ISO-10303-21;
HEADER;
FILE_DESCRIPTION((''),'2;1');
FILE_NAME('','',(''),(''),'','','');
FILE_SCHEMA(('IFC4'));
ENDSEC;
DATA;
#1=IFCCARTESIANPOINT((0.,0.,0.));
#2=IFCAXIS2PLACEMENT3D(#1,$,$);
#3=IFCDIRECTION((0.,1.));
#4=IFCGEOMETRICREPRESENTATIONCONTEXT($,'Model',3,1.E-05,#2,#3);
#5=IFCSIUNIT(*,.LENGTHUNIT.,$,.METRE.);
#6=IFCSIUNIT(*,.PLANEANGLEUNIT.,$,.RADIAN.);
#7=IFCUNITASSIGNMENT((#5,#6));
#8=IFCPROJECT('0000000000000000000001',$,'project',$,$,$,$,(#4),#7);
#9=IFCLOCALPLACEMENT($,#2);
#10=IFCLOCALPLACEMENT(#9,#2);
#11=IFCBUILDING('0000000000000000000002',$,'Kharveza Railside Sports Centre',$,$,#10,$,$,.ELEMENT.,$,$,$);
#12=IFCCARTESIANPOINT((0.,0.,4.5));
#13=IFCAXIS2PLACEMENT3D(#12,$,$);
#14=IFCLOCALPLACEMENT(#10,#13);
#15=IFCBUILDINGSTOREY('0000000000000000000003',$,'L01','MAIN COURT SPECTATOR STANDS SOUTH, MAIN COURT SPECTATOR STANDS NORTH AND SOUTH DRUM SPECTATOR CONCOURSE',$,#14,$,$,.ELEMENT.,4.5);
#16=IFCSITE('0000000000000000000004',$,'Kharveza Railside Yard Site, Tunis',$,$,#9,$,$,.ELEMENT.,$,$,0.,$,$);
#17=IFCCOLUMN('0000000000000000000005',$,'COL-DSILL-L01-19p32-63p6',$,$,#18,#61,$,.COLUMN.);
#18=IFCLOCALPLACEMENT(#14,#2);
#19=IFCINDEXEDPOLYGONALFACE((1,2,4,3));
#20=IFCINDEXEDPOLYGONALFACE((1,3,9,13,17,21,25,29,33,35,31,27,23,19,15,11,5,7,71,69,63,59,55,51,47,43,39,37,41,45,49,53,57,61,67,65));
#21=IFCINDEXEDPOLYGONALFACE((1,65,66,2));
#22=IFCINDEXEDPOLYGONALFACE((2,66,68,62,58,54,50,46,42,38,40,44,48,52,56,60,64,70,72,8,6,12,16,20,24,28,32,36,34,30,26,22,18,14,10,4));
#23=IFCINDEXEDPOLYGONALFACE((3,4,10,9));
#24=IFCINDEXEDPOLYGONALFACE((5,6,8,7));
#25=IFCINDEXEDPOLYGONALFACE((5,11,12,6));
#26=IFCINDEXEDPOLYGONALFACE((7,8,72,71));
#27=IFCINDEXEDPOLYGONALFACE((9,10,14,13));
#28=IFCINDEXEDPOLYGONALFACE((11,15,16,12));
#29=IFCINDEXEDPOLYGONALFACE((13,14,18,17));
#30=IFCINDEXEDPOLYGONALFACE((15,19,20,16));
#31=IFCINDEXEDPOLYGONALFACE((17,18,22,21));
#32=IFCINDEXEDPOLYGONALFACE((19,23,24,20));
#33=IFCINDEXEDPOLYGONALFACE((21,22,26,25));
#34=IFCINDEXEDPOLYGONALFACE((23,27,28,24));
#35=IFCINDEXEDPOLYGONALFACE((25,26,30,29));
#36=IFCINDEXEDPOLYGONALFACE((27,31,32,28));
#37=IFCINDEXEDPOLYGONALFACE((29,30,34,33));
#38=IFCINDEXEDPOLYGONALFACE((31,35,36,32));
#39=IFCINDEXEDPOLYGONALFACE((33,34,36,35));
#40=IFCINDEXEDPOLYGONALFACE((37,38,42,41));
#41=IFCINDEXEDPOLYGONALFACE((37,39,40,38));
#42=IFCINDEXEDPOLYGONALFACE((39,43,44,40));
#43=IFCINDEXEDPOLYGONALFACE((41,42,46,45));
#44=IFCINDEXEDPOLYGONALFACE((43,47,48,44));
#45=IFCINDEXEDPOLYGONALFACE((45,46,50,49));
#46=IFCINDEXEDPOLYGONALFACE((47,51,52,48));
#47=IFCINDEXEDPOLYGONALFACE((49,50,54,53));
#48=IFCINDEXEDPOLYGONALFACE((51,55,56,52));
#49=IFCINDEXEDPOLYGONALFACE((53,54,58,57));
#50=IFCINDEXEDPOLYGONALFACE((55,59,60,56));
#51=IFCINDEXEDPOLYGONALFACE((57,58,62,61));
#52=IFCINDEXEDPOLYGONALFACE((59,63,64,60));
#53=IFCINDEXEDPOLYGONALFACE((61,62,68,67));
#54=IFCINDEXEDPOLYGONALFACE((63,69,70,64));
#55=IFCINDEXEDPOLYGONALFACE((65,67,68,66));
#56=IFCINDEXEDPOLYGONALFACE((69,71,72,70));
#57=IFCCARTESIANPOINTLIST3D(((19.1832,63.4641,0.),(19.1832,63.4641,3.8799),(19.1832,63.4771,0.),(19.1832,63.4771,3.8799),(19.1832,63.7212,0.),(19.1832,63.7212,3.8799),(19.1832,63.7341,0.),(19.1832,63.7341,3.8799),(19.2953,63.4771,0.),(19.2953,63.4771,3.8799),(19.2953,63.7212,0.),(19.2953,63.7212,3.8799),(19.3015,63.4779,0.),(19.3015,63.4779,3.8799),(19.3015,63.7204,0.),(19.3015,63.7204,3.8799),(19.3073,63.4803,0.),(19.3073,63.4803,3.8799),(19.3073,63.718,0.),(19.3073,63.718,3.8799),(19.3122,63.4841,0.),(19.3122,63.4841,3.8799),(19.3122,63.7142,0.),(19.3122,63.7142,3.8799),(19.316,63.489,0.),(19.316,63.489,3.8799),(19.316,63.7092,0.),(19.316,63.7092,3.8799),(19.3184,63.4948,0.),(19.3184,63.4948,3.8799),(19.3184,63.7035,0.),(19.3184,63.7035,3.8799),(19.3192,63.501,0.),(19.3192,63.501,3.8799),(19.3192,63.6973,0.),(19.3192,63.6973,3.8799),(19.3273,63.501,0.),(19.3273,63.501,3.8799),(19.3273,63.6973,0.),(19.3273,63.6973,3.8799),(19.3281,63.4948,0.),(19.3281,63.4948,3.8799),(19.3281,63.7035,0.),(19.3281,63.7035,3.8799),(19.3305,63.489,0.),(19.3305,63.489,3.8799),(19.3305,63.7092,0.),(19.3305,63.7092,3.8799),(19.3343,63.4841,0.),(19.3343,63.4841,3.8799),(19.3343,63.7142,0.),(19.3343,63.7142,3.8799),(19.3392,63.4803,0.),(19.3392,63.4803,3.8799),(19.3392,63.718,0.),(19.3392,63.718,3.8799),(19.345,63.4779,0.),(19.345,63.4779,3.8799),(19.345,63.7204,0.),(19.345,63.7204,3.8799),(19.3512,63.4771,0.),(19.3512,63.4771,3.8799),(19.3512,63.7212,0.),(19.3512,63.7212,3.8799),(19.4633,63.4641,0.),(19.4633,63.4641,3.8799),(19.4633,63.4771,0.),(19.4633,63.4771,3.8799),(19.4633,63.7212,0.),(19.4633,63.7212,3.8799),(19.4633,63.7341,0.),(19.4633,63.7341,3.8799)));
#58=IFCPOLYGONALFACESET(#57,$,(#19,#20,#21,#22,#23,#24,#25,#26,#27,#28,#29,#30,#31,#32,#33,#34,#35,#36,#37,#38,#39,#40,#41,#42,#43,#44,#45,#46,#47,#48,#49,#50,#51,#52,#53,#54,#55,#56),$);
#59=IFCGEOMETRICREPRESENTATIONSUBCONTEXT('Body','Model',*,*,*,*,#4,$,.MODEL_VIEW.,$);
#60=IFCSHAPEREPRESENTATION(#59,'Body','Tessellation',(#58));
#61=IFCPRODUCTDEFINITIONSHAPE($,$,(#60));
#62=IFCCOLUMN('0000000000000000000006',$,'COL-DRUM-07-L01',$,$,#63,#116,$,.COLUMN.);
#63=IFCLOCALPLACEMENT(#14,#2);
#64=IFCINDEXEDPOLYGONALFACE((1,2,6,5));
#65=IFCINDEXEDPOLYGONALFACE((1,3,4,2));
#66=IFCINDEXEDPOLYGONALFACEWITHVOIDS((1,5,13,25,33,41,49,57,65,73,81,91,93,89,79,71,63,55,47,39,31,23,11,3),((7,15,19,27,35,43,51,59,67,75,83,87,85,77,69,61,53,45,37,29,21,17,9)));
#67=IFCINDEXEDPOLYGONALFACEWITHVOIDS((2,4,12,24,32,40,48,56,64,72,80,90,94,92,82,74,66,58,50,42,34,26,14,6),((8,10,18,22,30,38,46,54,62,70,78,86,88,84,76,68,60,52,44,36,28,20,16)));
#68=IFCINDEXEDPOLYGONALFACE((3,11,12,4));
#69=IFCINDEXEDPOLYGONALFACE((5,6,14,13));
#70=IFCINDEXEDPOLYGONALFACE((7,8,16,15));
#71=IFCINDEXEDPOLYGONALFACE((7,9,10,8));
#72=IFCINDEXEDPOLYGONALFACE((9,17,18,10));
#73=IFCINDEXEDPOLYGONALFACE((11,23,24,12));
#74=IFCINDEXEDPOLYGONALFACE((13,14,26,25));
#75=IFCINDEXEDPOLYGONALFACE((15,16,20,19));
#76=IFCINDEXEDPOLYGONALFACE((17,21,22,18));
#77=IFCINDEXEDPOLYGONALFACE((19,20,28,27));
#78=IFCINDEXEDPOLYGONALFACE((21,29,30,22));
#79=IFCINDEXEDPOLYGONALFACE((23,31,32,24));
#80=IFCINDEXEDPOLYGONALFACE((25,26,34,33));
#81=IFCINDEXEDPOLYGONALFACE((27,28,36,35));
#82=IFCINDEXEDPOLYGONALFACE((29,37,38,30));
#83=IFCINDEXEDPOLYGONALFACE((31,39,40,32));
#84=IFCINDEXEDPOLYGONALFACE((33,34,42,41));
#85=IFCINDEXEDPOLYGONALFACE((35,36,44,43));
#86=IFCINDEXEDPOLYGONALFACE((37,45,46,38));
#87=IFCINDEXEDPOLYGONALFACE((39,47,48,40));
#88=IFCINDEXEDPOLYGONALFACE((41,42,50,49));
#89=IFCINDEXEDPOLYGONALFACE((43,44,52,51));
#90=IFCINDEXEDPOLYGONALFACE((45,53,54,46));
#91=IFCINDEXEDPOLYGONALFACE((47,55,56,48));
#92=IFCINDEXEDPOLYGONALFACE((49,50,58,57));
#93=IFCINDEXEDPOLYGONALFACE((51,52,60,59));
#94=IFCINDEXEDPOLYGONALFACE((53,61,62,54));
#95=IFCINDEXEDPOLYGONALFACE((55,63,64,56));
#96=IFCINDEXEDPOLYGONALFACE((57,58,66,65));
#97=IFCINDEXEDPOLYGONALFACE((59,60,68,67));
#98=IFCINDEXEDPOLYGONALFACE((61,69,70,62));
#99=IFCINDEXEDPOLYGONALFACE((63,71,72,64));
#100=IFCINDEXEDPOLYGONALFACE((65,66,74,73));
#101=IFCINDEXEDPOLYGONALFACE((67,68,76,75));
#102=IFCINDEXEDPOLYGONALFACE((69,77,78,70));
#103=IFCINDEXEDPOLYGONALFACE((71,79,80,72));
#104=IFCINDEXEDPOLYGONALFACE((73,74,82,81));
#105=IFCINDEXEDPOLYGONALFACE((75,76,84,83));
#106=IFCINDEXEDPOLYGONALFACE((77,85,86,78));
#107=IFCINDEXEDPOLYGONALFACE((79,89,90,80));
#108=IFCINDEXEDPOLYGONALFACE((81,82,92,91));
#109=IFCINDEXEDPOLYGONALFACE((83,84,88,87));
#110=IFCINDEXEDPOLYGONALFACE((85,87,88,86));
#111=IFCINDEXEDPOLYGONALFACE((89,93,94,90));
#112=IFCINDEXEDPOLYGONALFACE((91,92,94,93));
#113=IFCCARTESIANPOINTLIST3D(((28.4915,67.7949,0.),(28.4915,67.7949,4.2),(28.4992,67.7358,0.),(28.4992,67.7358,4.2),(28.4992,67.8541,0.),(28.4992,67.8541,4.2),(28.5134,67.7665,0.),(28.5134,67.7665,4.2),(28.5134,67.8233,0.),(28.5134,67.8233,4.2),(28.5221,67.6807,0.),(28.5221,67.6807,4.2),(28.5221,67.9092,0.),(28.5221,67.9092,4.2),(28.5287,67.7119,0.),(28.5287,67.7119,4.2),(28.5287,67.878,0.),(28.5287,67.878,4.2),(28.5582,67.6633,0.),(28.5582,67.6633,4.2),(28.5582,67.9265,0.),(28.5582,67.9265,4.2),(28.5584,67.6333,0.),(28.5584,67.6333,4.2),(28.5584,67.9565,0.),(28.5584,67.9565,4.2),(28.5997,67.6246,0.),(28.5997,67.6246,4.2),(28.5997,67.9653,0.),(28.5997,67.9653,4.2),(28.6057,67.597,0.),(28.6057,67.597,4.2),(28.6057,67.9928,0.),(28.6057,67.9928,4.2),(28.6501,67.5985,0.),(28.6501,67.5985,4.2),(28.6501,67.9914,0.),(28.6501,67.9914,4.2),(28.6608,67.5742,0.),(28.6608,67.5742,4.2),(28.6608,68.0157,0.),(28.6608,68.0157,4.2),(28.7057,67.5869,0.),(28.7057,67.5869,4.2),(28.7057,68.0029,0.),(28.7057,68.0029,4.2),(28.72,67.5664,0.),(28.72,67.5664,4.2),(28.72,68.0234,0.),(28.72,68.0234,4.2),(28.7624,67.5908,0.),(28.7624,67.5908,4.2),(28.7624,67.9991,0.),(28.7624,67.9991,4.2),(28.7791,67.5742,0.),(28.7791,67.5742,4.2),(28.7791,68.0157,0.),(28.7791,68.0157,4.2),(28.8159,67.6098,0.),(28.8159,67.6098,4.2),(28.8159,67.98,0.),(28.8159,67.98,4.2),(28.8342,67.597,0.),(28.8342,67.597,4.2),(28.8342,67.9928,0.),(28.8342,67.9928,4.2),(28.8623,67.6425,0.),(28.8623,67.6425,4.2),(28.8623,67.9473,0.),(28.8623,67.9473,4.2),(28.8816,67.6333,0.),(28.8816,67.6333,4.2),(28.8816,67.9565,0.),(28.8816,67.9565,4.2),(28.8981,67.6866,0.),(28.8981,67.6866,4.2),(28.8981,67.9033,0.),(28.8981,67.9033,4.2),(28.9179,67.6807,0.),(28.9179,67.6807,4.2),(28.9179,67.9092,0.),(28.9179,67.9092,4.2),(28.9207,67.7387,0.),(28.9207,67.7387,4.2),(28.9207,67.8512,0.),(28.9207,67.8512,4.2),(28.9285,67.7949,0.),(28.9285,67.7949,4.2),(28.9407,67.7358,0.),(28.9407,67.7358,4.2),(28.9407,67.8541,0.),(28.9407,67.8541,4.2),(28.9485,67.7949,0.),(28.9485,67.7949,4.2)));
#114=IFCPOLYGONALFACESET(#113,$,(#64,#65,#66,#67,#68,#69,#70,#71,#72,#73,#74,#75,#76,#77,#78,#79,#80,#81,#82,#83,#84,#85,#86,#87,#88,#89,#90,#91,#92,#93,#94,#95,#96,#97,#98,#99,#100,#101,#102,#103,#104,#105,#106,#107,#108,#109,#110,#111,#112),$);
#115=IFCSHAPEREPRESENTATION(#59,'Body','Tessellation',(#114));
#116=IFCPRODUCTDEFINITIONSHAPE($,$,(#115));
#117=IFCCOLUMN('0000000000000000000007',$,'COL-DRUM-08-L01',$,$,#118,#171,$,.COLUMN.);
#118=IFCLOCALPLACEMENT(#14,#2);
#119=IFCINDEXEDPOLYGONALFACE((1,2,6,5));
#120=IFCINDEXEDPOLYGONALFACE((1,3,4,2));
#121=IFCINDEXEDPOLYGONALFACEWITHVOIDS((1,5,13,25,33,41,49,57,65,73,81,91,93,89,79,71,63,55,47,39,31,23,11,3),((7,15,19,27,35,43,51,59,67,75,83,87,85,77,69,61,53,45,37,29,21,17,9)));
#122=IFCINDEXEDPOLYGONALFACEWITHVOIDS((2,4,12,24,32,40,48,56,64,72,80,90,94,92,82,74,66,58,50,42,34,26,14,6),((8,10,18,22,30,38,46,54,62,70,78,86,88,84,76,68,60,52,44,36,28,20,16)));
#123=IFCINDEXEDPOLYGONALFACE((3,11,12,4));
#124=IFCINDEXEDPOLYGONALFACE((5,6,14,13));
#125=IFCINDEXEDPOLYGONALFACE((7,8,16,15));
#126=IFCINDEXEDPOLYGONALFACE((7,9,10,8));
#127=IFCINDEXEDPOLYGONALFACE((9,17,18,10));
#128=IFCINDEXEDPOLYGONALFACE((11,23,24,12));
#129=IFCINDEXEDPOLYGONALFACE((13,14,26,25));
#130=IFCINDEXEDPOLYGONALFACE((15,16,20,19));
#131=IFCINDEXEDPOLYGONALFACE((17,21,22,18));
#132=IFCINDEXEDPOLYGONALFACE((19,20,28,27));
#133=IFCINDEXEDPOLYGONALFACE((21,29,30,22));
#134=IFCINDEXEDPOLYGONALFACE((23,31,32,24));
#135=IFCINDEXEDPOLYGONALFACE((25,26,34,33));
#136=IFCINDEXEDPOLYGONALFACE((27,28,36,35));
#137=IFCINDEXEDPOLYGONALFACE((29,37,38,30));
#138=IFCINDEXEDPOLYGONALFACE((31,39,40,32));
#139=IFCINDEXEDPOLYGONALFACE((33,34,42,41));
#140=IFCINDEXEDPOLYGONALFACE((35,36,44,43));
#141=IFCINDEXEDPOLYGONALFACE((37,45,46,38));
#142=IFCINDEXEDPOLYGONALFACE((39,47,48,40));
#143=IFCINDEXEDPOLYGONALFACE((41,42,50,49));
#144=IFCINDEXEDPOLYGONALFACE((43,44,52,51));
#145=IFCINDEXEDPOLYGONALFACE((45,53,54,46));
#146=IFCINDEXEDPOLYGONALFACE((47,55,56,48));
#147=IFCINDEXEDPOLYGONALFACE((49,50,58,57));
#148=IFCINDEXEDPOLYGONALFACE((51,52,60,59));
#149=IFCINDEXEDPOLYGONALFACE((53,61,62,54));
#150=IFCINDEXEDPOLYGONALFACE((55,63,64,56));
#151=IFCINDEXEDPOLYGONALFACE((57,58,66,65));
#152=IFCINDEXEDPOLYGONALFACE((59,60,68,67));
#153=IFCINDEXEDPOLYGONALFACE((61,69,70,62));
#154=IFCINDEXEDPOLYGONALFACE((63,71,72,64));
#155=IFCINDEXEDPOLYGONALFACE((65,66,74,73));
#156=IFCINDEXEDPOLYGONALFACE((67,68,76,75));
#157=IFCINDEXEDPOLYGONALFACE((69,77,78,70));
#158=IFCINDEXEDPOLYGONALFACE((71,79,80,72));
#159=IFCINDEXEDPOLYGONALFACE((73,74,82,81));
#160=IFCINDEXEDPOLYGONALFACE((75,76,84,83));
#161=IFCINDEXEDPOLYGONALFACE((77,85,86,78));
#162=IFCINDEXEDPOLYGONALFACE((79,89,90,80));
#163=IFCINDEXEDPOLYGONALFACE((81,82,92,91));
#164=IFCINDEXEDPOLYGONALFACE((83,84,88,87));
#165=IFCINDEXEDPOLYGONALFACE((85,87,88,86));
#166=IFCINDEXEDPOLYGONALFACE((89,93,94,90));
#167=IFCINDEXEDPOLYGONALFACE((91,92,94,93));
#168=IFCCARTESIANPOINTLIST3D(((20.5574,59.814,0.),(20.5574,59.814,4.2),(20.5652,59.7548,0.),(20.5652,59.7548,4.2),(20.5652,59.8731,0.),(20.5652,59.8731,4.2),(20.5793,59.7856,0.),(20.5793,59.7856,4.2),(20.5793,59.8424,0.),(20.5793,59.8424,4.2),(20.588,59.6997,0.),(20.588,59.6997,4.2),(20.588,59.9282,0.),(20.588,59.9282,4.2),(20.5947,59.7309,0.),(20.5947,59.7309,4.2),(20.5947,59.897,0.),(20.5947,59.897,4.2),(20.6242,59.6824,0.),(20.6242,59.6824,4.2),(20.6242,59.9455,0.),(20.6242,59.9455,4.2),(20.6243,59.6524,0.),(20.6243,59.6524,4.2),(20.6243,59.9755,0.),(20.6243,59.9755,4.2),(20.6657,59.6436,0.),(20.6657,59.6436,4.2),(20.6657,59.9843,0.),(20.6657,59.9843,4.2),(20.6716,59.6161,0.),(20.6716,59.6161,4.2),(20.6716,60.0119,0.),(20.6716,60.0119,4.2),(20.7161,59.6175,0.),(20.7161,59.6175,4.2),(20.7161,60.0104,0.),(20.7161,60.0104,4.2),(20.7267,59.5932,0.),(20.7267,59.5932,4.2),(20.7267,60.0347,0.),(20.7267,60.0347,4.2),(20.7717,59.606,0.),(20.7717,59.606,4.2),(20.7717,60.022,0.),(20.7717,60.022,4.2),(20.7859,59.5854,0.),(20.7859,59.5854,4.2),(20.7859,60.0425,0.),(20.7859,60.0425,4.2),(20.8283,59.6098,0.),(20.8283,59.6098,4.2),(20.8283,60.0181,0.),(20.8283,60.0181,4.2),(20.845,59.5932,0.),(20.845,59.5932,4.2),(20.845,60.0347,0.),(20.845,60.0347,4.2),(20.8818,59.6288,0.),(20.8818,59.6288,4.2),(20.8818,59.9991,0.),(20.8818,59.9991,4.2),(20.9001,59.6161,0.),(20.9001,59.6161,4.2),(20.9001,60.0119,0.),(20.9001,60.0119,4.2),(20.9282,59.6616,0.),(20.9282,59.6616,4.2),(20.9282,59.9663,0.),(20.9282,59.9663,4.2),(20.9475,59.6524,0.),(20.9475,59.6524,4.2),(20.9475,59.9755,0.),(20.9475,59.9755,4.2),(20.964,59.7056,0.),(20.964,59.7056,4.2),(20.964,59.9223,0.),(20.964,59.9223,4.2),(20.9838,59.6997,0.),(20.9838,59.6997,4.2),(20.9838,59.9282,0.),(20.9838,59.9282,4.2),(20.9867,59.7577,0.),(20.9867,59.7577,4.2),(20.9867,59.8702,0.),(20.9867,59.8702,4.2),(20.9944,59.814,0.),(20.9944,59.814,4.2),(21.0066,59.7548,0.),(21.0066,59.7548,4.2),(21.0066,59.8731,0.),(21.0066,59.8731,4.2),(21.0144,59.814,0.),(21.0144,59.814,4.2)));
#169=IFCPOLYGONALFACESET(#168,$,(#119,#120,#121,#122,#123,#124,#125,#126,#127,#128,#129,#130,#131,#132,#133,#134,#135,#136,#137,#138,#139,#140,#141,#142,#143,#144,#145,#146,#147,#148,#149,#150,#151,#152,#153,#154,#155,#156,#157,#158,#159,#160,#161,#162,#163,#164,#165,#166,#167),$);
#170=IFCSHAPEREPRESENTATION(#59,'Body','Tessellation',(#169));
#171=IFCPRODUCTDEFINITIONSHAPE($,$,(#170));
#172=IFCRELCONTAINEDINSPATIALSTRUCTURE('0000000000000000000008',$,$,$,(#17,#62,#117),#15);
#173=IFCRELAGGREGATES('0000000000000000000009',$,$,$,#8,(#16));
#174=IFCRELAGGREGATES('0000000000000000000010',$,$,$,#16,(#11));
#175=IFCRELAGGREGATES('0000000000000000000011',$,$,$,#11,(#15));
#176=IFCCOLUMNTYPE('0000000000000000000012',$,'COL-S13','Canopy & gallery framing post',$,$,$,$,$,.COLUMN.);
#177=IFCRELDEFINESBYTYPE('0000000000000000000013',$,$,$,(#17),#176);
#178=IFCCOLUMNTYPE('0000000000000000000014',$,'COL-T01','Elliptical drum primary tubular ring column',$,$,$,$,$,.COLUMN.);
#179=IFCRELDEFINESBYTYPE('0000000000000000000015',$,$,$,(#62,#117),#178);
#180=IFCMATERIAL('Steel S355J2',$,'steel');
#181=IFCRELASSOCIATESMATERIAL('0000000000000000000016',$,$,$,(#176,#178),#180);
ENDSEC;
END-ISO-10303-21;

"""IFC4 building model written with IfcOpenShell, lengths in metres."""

from ifc_helpers import new_model, si_unit, direction, frame, origin, origin_2d, place, context, subcontext, project, spatial, hollow_circle, i_section, extrude, material, material_profile, profile_set, type_object, element, save


model = new_model("IFC4")

# Units and contexts
model_context = context("Model", 3, precision=1e-05, world=origin(), true_north=direction((0.0, 1.0)))
body_context = subcontext(model_context, "Body", "Model", "MODEL_VIEW")
ifc_project = project(units=[si_unit("LENGTHUNIT", "METRE"), si_unit("PLANEANGLEUNIT", "RADIAN")], contexts=[model_context])

# Site, building, storey
site_placement = place(None, origin())
site = spatial("IfcSite", under=ifc_project, at=site_placement, Name="Kharveza Railside Yard Site, Tunis", CompositionType="ELEMENT", RefElevation=0.0)
building_placement = place(site_placement, origin())
building = spatial("IfcBuilding", under=site, at=building_placement, Name="Kharveza Railside Sports Centre", CompositionType="ELEMENT")
storey_placement = place(building_placement, frame((0.0, 0.0, 4.5)))
storey = spatial("IfcBuildingStorey", under=building, at=storey_placement, Name="L01", Description="MAIN COURT SPECTATOR STANDS SOUTH, MAIN COURT SPECTATOR STANDS NORTH AND SOUTH DRUM SPECTATOR CONCOURSE", CompositionType="ELEMENT", Elevation=4.5)

# Columns
ifc_material_1 = material(Name="Steel S355J2", Category="steel")
ifc_material_profile_1 = material_profile(ifc_material_1, i_section(OverallWidth=0.28, OverallDepth=0.27, WebThickness=0.0081, FlangeThickness=0.0129, FilletRadius=0.0239, at=origin_2d()), Name="HEA 280")
ifc_profile_set_1 = profile_set([ifc_material_profile_1], Name="Steel S355J2")
column_type_1 = type_object("IfcColumnType", Name="COL-S13", Description="Canopy & gallery framing post", PredefinedType="COLUMN", material=ifc_profile_set_1)
for number, where, z_axis, x_axis, name in (
    (1, (19.3232, 63.5991, 0.0), (0.0, 0.0, 1.0), (1.0, 0.0, 0.0), "COL-DSILL-L01-19p32-63p6"),
):
    element("IfcColumn", number, at=place(storey_placement, frame(where, z_axis=z_axis, x_axis=x_axis)), inside=storey, type_object=column_type_1, Name=name, PredefinedType="COLUMN", context=body_context, shape_type="SweptSolid", body=[
        extrude(i_section(OverallWidth=0.28, OverallDepth=0.27, WebThickness=0.0081, FlangeThickness=0.0129, FilletRadius=0.0239, at=origin_2d()), origin(), (0.0, 0.0, 1.0), 3.8799),
    ])
ifc_material_profile_2 = material_profile(ifc_material_1, hollow_circle(Radius=0.2285, WallThickness=0.02, at=origin_2d()), Name="CHS 457.0x20.0")
ifc_profile_set_2 = profile_set([ifc_material_profile_2], Name="Steel S355J2")
column_type_2 = type_object("IfcColumnType", Name="COL-T01", Description="Elliptical drum primary tubular ring column", PredefinedType="COLUMN", material=ifc_profile_set_2)
for number, where, z_axis, x_axis, name in (
    (2, (28.72, 67.7949, 0.0), (0.0, 0.0, 1.0), (1.0, 0.0, 0.0), "COL-DRUM-07-L01"),
    (3, (20.7859, 59.814, 0.0), (0.0, 0.0, 1.0), (1.0, 0.0, 0.0), "COL-DRUM-08-L01"),
):
    element("IfcColumn", number, at=place(storey_placement, frame(where, z_axis=z_axis, x_axis=x_axis)), inside=storey, type_object=column_type_2, Name=name, PredefinedType="COLUMN", context=body_context, shape_type="SweptSolid", body=[
        extrude(hollow_circle(Radius=0.2285, WallThickness=0.02, at=origin_2d()), origin(), (0.0, 0.0, 1.0), 4.2),
    ])

save(model, "model.ifc")
